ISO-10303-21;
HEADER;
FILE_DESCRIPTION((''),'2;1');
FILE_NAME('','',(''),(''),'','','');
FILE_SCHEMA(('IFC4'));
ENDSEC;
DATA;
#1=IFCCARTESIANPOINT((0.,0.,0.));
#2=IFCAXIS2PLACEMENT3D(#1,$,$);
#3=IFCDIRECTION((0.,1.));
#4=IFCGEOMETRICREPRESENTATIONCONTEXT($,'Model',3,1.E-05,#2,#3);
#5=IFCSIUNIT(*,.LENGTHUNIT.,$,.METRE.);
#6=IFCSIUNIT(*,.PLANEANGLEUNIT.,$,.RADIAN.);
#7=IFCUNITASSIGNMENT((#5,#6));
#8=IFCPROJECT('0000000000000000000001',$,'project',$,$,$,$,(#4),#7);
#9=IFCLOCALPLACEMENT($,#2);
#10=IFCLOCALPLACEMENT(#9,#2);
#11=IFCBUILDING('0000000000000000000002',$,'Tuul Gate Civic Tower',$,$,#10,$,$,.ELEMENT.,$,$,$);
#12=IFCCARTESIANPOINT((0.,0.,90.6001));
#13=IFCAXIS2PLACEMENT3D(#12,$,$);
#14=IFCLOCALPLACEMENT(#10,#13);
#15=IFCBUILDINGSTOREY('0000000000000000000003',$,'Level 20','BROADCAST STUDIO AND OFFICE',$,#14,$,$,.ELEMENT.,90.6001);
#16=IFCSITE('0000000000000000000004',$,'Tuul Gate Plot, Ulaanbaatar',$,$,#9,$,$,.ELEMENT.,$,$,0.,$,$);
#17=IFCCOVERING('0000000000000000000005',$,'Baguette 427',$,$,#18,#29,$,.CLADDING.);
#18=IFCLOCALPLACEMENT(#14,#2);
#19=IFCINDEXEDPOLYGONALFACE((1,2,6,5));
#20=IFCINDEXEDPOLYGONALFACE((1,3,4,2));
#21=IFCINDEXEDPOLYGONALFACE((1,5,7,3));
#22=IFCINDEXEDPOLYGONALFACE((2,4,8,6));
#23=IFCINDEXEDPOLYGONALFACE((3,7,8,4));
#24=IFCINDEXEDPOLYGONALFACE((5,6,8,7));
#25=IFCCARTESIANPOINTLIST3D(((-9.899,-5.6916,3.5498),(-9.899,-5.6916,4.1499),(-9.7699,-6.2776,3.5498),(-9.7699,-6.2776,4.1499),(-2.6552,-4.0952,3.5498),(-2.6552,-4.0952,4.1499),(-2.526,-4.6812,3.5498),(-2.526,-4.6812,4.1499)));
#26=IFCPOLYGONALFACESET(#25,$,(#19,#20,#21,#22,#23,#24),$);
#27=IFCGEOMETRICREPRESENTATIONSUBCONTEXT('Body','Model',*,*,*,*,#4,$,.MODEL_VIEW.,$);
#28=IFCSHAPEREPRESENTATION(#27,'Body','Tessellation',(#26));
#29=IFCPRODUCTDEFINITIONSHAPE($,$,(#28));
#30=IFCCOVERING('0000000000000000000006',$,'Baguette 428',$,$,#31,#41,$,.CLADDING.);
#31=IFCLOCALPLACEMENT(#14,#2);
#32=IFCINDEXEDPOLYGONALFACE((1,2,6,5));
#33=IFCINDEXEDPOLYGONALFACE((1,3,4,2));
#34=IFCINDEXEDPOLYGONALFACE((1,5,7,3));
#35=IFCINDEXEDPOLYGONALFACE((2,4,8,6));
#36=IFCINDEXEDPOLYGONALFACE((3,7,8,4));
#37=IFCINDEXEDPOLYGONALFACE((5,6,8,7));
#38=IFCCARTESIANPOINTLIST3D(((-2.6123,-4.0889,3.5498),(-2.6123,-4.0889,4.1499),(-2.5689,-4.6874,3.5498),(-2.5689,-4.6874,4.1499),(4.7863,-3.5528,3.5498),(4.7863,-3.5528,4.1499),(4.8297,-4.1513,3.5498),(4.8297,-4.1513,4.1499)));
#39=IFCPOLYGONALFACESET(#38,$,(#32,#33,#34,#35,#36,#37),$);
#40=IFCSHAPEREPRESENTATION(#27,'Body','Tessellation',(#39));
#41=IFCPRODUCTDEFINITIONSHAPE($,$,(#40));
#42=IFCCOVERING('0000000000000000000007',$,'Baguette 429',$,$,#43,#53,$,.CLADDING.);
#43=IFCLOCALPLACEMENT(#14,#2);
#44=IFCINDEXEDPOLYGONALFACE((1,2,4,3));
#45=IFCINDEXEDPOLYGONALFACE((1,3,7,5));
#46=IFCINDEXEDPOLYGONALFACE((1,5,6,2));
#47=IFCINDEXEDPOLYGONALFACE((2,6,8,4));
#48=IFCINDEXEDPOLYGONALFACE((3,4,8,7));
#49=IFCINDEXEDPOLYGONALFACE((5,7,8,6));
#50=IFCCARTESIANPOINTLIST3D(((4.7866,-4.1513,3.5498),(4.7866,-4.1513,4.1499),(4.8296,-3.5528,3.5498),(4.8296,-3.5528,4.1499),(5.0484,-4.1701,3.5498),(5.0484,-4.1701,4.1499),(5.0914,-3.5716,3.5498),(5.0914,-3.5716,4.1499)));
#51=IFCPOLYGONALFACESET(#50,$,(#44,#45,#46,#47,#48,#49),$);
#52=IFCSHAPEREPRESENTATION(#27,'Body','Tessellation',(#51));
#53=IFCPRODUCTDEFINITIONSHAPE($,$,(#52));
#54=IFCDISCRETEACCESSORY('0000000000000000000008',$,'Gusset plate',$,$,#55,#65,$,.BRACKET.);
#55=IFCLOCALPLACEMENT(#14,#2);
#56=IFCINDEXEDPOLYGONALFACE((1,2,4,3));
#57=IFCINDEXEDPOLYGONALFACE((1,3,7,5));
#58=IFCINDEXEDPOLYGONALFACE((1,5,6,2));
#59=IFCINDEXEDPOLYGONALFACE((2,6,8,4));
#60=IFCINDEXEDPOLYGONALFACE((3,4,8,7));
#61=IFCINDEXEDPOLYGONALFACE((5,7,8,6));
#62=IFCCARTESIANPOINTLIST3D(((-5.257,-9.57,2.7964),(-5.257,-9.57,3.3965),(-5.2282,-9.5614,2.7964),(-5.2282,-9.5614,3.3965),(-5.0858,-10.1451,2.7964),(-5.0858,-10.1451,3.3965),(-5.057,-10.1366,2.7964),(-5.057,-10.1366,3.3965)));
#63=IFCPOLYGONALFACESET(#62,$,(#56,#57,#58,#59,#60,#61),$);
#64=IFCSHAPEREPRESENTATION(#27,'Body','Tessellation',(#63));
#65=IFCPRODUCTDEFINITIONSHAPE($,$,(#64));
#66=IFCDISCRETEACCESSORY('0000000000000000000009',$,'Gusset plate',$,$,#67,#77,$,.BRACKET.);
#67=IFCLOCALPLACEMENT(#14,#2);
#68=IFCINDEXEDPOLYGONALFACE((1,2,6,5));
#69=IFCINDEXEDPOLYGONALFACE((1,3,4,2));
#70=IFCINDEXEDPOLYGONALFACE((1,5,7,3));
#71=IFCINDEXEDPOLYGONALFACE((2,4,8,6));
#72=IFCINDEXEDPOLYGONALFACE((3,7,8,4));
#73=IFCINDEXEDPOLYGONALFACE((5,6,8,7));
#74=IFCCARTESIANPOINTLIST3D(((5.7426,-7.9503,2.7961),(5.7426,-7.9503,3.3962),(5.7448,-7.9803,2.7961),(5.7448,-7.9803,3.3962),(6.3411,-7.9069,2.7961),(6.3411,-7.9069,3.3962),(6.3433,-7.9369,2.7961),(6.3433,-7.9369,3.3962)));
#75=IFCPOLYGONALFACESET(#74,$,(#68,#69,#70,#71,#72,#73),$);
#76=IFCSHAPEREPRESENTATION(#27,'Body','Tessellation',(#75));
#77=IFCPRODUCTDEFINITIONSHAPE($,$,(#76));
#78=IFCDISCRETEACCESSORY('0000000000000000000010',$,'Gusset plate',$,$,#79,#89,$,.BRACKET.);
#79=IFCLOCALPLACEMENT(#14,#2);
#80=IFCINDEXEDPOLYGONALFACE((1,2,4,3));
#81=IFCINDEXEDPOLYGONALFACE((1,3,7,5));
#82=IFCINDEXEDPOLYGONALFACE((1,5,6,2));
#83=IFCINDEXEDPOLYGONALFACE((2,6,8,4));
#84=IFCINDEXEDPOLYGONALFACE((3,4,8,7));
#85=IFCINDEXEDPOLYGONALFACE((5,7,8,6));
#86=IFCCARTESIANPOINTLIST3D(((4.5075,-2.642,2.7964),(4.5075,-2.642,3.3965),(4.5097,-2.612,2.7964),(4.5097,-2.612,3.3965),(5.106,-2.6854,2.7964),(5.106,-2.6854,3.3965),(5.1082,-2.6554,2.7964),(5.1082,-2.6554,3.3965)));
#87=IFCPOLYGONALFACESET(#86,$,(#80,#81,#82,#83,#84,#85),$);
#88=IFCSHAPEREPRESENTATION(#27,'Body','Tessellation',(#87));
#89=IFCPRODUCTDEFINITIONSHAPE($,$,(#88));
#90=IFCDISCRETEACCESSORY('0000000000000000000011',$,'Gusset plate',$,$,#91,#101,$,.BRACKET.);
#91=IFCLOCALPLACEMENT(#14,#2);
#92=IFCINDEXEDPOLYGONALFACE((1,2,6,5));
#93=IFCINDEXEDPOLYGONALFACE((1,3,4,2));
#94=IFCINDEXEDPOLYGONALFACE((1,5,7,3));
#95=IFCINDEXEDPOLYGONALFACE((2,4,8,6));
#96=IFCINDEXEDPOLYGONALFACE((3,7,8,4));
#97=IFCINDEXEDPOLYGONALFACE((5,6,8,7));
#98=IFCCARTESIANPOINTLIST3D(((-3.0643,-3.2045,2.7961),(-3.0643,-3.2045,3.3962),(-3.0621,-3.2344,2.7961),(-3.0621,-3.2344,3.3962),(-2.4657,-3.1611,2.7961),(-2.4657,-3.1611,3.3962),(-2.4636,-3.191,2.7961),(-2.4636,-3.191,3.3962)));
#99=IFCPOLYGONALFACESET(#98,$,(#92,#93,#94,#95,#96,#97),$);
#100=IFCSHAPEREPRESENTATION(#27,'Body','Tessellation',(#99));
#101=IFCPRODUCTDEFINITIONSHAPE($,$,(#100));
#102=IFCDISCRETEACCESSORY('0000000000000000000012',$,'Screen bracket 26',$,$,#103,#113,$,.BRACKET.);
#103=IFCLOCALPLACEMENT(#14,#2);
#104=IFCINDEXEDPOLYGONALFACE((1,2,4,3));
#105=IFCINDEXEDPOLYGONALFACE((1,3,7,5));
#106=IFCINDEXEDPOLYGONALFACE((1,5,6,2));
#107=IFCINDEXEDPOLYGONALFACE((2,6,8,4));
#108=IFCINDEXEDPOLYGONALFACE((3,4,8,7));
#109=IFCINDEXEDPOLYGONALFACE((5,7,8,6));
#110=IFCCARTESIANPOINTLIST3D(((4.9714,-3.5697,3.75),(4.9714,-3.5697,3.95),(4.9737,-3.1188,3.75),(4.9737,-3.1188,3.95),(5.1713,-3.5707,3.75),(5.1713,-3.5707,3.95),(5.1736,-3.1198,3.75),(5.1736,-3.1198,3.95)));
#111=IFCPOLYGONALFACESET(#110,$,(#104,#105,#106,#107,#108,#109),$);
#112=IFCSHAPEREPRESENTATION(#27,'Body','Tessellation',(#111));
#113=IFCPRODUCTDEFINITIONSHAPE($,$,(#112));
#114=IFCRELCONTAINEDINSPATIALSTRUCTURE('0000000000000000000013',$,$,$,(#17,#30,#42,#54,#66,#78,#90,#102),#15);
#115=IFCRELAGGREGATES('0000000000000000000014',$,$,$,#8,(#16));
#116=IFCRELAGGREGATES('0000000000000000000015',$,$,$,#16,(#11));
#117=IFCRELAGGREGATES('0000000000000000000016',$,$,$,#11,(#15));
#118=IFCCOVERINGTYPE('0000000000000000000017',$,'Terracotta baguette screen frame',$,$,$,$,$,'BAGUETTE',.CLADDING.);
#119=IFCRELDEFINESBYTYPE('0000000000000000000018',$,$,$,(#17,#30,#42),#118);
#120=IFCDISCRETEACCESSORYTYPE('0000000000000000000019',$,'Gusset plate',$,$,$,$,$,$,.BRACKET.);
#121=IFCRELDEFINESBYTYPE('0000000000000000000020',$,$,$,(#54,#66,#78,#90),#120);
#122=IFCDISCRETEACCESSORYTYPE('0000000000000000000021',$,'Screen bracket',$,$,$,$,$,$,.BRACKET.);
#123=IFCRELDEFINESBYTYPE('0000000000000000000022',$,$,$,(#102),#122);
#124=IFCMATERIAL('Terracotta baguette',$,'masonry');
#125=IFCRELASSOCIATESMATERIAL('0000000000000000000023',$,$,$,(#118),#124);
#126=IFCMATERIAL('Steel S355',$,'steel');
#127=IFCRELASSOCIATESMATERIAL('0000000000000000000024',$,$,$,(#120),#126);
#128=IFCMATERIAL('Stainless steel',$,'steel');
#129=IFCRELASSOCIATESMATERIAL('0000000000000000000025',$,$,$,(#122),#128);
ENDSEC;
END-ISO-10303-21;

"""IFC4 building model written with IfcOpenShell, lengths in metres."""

from ifc_helpers import new_model, si_unit, direction, frame, origin, origin_2d, place, context, subcontext, project, spatial, rectangle, extrude, material, material_profile, profile_set, type_object, element, save


model = new_model("IFC4")

# Units and contexts
model_context = context("Model", 3, precision=1e-05, world=origin(), true_north=direction((0.0, 1.0)))
body_context = subcontext(model_context, "Body", "Model", "MODEL_VIEW")
ifc_project = project(units=[si_unit("LENGTHUNIT", "METRE"), si_unit("PLANEANGLEUNIT", "RADIAN")], contexts=[model_context])

# Site, building, storey
site_placement = place(None, origin())
site = spatial("IfcSite", under=ifc_project, at=site_placement, Name="Tuul Gate Plot, Ulaanbaatar", CompositionType="ELEMENT", RefElevation=0.0)
building_placement = place(site_placement, origin())
building = spatial("IfcBuilding", under=site, at=building_placement, Name="Tuul Gate Civic Tower", CompositionType="ELEMENT")
storey_placement = place(building_placement, frame((0.0, 0.0, 90.6001)))
storey = spatial("IfcBuildingStorey", under=building, at=storey_placement, Name="Level 20", Description="BROADCAST STUDIO AND OFFICE", CompositionType="ELEMENT", Elevation=90.6001)

# Coverings
ifc_material_1 = material(Name="Terracotta baguette", Category="masonry")
ifc_material_profile_1 = material_profile(ifc_material_1, rectangle(XDim=0.6001, YDim=0.6001, at=origin_2d()), Name="Terracotta baguette screen frame")
ifc_profile_set_1 = profile_set([ifc_material_profile_1], Name="Terracotta baguette")
covering_type = type_object("IfcCoveringType", Name="Terracotta baguette screen frame", ElementType="BAGUETTE", PredefinedType="CLADDING", material=ifc_profile_set_1)
covering_1_placement = place(storey_placement, frame((-9.8345, -5.9846, 3.8499), z_axis=(0.976566, 0.215219, 0.0), x_axis=(-0.215219, 0.976566, 0.0)))
element("IfcCovering", 1, at=covering_1_placement, inside=storey, type_object=covering_type, Name="Baguette 427", PredefinedType="CLADDING", context=body_context, shape_type="SweptSolid", body=[
    extrude(rectangle(XDim=0.6001, YDim=0.6001, at=origin_2d()), origin(), (0.0, 0.0, 1.0), 7.4177),
])
covering_2_placement = place(storey_placement, frame((-2.5906, -4.3882, 3.8499), z_axis=(0.997385, 0.072274, 0.0), x_axis=(-0.072274, 0.997385, 0.0)))
element("IfcCovering", 2, at=covering_2_placement, inside=storey, type_object=covering_type, Name="Baguette 428", PredefinedType="CLADDING", context=body_context, shape_type="SweptSolid", body=[
    extrude(rectangle(XDim=0.6001, YDim=0.6001, at=origin_2d()), origin(), (0.0, 0.0, 1.0), 7.418),
])
covering_3_placement = place(storey_placement, frame((4.8081, -3.8521, 3.8499), z_axis=(0.99743, -0.071644, 0.0), x_axis=(0.071644, 0.99743, 0.0)))
element("IfcCovering", 3, at=covering_3_placement, inside=storey, type_object=covering_type, Name="Baguette 429", PredefinedType="CLADDING", context=body_context, shape_type="SweptSolid", body=[
    extrude(rectangle(XDim=0.6001, YDim=0.6001, at=origin_2d()), origin(), (0.0, 0.0, 1.0), 0.2625),
])

# Discrete accessories
ifc_material_2 = material(Name="Steel S355", Category="steel")
discrete_accessory_type_1 = type_object("IfcDiscreteAccessoryType", Name="Gusset plate", PredefinedType="BRACKET", material=ifc_material_2)
for number, where, z_axis, x_axis, name in (
    (4, (-5.157, -9.8533, 2.7964), (0.0, 0.0, 1.0), (-0.285212, 0.958464, 0.0), "Gusset plate"),
    (5, (6.043, -7.9436, 2.7961), (0.0, 0.0, 1.0), (-0.997382, -0.072314, 0.0), "Gusset plate"),
    (6, (4.8079, -2.6487, 2.7964), (0.0, 0.0, 1.0), (0.997382, -0.072314, 0.0), "Gusset plate"),
    (7, (-2.7639, -3.1978, 2.7961), (0.0, 0.0, 1.0), (0.997382, 0.072314, 0.0), "Gusset plate"),
):
    element("IfcDiscreteAccessory", number, at=place(storey_placement, frame(where, z_axis=z_axis, x_axis=x_axis)), inside=storey, type_object=discrete_accessory_type_1, Name=name, PredefinedType="BRACKET", context=body_context, shape_type="SweptSolid", body=[
        extrude(rectangle(XDim=0.6001, YDim=0.03, at=origin_2d()), origin(), (0.0, 0.0, 1.0), 0.6001),
    ])
ifc_material_3 = material(Name="Stainless steel", Category="steel")
discrete_accessory_type_2 = type_object("IfcDiscreteAccessoryType", Name="Screen bracket", PredefinedType="BRACKET", material=ifc_material_3)
discrete_accessory_placement = place(storey_placement, frame((5.0725, -3.3447, 3.75), z_axis=(0.0, 0.0, 1.0), x_axis=(-0.005103, -0.999987, 0.0)))
element("IfcDiscreteAccessory", 8, at=discrete_accessory_placement, inside=storey, type_object=discrete_accessory_type_2, Name="Screen bracket 26", PredefinedType="BRACKET", context=body_context, shape_type="SweptSolid", body=[
    extrude(rectangle(XDim=0.4509, YDim=0.2, at=origin_2d()), origin(), (0.0, 0.0, 1.0), 0.2),
])

save(model, "model.ifc")
